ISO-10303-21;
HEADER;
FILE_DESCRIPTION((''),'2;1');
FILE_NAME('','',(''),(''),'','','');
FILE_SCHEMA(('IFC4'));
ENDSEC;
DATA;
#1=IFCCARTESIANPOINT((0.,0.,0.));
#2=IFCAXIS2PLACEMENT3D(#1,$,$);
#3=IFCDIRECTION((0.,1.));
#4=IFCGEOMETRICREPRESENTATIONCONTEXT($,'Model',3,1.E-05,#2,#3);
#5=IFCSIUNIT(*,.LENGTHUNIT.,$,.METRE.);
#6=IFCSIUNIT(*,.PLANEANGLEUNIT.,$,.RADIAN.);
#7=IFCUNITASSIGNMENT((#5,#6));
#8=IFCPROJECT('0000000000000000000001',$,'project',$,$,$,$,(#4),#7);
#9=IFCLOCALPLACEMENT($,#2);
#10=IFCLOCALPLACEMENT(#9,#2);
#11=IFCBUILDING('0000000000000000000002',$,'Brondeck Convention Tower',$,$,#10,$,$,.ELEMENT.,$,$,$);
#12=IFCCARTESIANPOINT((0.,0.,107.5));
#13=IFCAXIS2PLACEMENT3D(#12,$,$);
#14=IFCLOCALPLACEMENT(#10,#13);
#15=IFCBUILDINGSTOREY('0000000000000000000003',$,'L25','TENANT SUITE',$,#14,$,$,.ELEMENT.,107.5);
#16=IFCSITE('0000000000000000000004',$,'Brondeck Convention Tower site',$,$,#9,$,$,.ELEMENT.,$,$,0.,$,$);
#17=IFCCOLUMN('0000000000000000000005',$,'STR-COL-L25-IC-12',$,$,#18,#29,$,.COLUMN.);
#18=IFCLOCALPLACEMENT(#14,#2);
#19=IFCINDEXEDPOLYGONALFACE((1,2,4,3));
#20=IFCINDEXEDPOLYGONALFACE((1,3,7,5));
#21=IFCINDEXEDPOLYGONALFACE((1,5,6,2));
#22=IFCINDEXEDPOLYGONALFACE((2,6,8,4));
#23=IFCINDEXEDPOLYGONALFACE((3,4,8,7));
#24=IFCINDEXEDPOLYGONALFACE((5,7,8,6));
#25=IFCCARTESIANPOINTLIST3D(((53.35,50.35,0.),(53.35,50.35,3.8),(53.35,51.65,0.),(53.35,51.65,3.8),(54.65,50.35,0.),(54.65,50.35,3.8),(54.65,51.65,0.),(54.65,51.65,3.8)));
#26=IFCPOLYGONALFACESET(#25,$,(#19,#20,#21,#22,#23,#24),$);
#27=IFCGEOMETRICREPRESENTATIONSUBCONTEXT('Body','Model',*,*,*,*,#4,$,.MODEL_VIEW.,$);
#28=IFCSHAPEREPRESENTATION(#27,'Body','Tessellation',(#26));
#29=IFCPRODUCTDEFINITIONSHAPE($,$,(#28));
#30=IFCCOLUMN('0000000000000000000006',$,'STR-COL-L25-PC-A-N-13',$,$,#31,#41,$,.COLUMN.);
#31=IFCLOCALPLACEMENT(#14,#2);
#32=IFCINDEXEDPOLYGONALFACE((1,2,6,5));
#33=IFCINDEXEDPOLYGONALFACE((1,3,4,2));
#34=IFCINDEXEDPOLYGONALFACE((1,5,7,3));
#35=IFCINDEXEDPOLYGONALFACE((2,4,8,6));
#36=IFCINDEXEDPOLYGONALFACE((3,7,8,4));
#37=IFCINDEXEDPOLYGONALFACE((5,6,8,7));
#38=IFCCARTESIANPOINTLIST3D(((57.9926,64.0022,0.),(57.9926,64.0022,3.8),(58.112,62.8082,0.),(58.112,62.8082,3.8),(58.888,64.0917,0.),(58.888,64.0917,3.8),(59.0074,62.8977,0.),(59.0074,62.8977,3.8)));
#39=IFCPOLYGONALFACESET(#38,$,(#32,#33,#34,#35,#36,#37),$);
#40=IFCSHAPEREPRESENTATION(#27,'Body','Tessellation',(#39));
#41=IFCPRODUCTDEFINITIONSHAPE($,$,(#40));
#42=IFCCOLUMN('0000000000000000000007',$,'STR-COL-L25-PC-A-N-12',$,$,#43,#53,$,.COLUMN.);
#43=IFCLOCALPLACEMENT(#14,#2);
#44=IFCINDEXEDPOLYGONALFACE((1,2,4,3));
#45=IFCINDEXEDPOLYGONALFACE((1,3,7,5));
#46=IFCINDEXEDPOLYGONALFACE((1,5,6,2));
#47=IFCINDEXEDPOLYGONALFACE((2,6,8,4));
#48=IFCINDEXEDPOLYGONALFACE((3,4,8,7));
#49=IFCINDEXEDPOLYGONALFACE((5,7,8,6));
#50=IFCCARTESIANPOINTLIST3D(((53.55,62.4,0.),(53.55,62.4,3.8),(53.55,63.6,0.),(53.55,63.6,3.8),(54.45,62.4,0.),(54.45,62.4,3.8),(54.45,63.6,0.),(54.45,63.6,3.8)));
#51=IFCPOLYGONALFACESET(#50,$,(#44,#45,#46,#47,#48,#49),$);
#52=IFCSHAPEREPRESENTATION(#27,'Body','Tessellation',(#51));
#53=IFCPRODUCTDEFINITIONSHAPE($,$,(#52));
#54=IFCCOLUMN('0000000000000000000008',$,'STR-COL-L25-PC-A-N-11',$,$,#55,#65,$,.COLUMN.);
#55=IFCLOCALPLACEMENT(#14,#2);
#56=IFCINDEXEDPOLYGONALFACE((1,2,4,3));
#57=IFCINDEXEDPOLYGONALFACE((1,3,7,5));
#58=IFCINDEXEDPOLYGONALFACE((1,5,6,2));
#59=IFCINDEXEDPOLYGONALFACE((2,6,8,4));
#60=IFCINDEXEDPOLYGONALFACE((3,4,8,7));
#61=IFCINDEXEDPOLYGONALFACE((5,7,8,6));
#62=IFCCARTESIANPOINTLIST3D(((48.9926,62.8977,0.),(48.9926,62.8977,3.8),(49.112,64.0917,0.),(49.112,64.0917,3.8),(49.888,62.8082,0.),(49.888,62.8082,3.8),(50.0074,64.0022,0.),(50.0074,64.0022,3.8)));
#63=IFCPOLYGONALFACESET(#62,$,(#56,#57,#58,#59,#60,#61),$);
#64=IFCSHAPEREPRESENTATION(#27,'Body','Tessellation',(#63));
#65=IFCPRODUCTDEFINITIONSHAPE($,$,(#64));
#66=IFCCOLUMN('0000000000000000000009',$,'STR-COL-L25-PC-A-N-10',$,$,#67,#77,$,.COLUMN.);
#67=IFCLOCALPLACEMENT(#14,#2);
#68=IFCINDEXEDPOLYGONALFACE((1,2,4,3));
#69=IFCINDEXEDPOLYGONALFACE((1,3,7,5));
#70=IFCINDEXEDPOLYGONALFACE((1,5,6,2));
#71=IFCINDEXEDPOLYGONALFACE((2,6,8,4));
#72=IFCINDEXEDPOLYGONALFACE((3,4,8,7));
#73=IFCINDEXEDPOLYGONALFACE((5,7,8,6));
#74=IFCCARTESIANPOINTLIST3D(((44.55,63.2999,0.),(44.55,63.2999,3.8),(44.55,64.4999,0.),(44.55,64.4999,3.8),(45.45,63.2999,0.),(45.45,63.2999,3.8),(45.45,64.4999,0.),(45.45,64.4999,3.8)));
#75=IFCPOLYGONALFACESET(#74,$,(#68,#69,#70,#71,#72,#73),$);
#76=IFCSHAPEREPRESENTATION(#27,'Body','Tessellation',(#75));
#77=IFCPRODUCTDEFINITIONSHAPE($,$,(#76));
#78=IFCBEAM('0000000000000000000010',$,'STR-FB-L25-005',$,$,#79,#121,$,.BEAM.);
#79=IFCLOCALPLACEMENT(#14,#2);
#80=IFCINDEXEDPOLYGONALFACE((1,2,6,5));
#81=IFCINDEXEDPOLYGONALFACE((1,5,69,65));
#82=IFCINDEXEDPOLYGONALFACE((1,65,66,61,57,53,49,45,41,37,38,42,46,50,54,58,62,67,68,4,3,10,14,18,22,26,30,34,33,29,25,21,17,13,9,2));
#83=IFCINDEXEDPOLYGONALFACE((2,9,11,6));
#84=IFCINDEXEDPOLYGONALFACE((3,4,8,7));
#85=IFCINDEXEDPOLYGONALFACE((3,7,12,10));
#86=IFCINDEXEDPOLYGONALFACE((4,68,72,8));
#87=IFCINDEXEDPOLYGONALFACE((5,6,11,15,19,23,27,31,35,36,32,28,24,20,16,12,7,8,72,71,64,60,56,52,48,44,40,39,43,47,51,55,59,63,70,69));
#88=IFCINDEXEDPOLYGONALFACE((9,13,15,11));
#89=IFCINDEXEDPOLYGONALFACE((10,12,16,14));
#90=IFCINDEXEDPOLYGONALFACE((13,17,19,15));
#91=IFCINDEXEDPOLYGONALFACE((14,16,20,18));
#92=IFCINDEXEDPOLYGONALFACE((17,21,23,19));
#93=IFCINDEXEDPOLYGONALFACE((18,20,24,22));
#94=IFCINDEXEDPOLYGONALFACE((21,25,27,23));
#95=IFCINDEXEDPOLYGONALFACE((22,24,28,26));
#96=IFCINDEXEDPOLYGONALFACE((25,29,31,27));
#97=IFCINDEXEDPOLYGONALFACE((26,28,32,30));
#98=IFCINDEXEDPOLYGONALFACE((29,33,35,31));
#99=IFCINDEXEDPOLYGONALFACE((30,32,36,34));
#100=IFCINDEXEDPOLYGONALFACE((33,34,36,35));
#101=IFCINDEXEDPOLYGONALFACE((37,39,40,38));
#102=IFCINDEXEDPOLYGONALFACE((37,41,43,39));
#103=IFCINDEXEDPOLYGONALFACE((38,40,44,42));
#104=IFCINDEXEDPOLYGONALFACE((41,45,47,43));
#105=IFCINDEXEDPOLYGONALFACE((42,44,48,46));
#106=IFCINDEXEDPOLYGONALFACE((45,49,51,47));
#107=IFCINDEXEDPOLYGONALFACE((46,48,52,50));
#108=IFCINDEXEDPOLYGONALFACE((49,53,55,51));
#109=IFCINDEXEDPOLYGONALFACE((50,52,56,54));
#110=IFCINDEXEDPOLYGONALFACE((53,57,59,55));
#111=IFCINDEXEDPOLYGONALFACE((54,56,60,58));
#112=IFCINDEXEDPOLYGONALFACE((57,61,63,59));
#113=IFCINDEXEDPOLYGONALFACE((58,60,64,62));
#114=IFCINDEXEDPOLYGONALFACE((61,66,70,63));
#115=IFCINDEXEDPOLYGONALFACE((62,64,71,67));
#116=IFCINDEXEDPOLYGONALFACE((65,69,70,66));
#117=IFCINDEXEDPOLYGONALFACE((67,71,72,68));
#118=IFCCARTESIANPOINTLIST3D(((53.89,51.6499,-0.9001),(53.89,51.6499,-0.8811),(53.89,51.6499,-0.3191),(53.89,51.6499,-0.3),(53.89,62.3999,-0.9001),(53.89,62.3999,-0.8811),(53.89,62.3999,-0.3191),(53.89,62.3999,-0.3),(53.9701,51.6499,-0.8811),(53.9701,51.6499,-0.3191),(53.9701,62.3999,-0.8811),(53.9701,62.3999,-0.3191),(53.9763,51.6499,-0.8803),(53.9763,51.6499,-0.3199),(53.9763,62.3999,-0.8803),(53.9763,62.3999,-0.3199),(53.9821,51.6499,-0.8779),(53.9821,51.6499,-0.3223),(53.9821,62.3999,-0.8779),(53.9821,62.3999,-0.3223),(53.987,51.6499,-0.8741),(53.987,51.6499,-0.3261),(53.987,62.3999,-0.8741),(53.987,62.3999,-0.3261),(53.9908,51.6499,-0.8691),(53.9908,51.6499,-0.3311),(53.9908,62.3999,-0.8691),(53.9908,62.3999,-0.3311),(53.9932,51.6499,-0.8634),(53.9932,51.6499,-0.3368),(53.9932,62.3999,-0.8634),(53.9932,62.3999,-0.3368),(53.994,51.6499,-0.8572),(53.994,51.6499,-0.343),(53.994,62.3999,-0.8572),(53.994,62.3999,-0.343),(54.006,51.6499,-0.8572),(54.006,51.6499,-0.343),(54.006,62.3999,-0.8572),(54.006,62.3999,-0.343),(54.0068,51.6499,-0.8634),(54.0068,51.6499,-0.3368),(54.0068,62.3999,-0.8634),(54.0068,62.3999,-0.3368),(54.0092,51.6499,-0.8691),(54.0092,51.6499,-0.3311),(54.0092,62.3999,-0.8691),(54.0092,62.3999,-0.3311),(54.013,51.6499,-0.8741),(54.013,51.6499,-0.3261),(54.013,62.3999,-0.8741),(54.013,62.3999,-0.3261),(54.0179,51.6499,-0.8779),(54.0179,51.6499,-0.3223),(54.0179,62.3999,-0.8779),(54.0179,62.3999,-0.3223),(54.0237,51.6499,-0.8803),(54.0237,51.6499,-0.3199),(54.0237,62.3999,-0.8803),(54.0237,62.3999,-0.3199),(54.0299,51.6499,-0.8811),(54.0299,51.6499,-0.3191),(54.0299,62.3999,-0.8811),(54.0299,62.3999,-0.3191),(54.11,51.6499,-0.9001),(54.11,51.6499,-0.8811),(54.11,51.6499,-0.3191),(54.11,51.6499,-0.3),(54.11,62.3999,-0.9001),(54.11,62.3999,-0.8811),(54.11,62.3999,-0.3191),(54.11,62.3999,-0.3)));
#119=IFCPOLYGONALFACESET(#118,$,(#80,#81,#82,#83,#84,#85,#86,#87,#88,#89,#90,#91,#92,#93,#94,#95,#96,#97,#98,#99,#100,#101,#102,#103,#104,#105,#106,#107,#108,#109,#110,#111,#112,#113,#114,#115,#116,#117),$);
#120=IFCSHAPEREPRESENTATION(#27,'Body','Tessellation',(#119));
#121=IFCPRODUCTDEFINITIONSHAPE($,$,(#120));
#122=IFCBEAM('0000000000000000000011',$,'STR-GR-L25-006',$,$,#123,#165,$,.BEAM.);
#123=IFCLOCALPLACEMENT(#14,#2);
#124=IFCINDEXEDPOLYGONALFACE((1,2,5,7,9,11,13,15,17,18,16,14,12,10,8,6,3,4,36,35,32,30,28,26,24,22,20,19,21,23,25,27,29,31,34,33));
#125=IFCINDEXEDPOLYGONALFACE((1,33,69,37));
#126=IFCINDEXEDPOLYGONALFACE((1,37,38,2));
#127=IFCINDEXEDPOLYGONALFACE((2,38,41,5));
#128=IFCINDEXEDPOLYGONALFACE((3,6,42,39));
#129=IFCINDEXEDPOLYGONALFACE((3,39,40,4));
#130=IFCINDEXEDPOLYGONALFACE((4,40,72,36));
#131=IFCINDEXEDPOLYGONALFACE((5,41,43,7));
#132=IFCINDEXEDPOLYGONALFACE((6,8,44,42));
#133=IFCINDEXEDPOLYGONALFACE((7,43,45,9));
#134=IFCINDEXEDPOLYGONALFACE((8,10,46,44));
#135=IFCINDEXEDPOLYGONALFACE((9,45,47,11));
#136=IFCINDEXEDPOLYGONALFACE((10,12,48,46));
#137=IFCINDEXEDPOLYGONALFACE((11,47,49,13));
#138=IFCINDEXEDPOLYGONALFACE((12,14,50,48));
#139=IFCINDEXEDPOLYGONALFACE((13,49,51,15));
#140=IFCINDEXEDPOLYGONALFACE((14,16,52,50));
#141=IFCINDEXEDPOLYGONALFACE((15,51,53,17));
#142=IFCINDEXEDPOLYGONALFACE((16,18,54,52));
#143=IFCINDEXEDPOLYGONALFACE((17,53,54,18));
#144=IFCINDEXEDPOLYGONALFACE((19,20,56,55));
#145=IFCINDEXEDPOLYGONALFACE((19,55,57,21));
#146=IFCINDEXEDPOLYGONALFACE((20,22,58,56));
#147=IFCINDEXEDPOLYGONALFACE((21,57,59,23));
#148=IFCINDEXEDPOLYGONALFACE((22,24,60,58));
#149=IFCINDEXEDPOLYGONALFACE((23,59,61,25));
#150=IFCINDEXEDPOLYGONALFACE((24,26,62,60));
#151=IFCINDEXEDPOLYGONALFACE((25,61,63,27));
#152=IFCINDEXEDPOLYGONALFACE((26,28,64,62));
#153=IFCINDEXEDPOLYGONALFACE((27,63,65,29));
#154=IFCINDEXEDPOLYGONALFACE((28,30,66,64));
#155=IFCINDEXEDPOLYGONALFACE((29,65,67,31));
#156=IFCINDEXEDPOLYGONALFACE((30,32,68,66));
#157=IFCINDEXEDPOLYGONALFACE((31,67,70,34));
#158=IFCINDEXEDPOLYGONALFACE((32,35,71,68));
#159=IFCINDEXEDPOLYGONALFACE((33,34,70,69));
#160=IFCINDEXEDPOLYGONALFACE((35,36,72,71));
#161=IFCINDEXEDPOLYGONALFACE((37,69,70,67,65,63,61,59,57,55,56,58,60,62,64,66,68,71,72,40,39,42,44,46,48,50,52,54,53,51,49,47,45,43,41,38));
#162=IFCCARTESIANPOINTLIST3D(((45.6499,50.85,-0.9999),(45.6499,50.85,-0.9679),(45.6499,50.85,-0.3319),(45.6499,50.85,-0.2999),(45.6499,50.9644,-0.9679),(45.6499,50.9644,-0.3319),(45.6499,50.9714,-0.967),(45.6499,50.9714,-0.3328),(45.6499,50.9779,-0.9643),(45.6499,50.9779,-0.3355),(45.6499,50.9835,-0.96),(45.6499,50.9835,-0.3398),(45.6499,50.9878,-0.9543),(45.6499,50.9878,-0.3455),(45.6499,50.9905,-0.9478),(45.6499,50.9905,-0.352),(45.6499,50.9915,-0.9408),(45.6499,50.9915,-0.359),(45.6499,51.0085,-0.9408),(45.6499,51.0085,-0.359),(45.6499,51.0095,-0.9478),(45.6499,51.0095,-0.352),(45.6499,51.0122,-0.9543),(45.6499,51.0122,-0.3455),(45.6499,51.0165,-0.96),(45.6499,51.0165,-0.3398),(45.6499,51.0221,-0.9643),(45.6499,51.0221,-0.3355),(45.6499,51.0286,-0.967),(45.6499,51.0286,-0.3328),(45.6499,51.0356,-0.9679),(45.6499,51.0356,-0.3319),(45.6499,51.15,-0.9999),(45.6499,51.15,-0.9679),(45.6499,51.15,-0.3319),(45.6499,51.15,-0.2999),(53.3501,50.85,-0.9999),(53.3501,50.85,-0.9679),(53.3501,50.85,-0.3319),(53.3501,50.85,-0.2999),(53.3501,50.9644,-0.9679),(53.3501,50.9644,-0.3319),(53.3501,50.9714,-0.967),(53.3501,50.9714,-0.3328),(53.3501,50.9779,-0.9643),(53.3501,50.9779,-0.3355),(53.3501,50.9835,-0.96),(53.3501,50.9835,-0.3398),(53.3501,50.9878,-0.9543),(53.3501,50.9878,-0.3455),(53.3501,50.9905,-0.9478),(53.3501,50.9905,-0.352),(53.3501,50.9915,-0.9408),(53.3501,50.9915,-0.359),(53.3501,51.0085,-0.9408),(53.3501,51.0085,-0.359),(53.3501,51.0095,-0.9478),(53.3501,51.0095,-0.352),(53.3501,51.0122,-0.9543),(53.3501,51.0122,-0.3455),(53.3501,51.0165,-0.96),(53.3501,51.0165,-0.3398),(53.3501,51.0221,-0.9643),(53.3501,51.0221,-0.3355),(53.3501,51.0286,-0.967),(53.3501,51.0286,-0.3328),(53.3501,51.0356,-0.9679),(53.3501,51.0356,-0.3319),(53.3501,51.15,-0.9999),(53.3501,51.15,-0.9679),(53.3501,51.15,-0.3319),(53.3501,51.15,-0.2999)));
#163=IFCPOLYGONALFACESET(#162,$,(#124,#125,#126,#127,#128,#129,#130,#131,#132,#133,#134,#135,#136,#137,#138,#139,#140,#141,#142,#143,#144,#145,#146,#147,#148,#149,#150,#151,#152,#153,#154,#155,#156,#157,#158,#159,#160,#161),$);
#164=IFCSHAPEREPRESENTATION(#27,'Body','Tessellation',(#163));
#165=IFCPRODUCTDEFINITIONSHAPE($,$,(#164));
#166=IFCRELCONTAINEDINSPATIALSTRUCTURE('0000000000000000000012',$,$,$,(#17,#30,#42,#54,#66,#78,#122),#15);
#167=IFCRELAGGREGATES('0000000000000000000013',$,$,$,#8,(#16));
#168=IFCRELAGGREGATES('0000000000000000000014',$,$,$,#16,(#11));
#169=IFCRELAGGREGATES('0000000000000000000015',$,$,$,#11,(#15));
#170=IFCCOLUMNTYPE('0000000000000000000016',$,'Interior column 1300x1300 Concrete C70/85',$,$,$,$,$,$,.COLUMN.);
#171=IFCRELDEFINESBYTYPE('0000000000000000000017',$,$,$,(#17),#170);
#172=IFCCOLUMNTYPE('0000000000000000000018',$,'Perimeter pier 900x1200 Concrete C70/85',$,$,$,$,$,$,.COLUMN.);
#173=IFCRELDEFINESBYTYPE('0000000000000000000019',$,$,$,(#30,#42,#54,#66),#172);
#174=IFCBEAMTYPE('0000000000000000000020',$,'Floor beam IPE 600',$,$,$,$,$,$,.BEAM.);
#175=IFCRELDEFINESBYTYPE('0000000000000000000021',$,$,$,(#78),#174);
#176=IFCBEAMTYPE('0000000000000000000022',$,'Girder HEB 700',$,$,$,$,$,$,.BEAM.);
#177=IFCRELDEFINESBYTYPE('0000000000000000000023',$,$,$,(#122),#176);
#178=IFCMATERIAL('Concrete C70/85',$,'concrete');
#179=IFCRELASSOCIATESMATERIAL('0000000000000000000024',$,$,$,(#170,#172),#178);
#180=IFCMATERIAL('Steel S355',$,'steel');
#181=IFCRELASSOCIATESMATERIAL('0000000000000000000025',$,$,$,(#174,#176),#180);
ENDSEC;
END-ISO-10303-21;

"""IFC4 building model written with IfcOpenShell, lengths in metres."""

from ifc_helpers import new_model, si_unit, direction, frame, origin, origin_2d, place, context, subcontext, project, spatial, rectangle, i_section, extrude, material, material_profile, profile_set, type_object, element, save


model = new_model("IFC4")

# Units and contexts
model_context = context("Model", 3, precision=1e-05, world=origin(), true_north=direction((0.0, 1.0)))
body_context = subcontext(model_context, "Body", "Model", "MODEL_VIEW")
ifc_project = project(units=[si_unit("LENGTHUNIT", "METRE"), si_unit("PLANEANGLEUNIT", "RADIAN")], contexts=[model_context])

# Site, building, storey
site_placement = place(None, origin())
site = spatial("IfcSite", under=ifc_project, at=site_placement, Name="Brondeck Convention Tower site", CompositionType="ELEMENT", RefElevation=0.0)
building_placement = place(site_placement, origin())
building = spatial("IfcBuilding", under=site, at=building_placement, Name="Brondeck Convention Tower", CompositionType="ELEMENT")
storey_placement = place(building_placement, frame((0.0, 0.0, 107.5)))
storey = spatial("IfcBuildingStorey", under=building, at=storey_placement, Name="L25", Description="TENANT SUITE", CompositionType="ELEMENT", Elevation=107.5)

# Columns
ifc_material_1 = material(Name="Concrete C70/85", Category="concrete")
ifc_material_profile_1 = material_profile(ifc_material_1, rectangle(XDim=1.3, YDim=1.3, at=origin_2d()), Name="Interior column 1300x1300 Concrete C70/85")
ifc_profile_set_1 = profile_set([ifc_material_profile_1], Name="Concrete C70/85")
column_type_1 = type_object("IfcColumnType", Name="Interior column 1300x1300 Concrete C70/85", PredefinedType="COLUMN", material=ifc_profile_set_1)
column_placement = place(storey_placement, frame((54.0, 51.0, 0.0), z_axis=(0.0, 0.0, 1.0), x_axis=(1.0, 0.0, 0.0)))
element("IfcColumn", 1, at=column_placement, inside=storey, type_object=column_type_1, Name="STR-COL-L25-IC-12", PredefinedType="COLUMN", context=body_context, shape_type="SweptSolid", body=[
    extrude(rectangle(XDim=1.3, YDim=1.3, at=origin_2d()), origin(), (0.0, 0.0, 1.0), 3.8),
])
ifc_material_profile_2 = material_profile(ifc_material_1, rectangle(XDim=0.8999, YDim=1.2, at=origin_2d()), Name="Perimeter pier 900x1200 Concrete C70/85")
ifc_profile_set_2 = profile_set([ifc_material_profile_2], Name="Concrete C70/85")
column_type_2 = type_object("IfcColumnType", Name="Perimeter pier 900x1200 Concrete C70/85", PredefinedType="COLUMN", material=ifc_profile_set_2)
for number, where, z_axis, x_axis, name in (
    (2, (58.5, 63.45, 0.0), (0.0, 0.0, 1.0), (-0.995037, -0.099504, 0.0), "STR-COL-L25-PC-A-N-13"),
    (3, (54.0, 63.0, 0.0), (0.0, 0.0, 1.0), (-1.0, 0.0, 0.0), "STR-COL-L25-PC-A-N-12"),
    (4, (49.5, 63.45, 0.0), (0.0, 0.0, 1.0), (-0.995037, 0.099504, 0.0), "STR-COL-L25-PC-A-N-11"),
    (5, (45.0, 63.8999, 0.0), (0.0, 0.0, 1.0), (-1.0, 0.0, 0.0), "STR-COL-L25-PC-A-N-10"),
):
    element("IfcColumn", number, at=place(storey_placement, frame(where, z_axis=z_axis, x_axis=x_axis)), inside=storey, type_object=column_type_2, Name=name, PredefinedType="COLUMN", context=body_context, shape_type="SweptSolid", body=[
        extrude(rectangle(XDim=0.8999, YDim=1.2, at=origin_2d()), origin(), (0.0, 0.0, 1.0), 3.8),
    ])

# Beams
ifc_material_2 = material(Name="Steel S355", Category="steel")
ifc_material_profile_3 = material_profile(ifc_material_2, i_section(OverallWidth=0.22, OverallDepth=0.6001, WebThickness=0.012, FlangeThickness=0.019, FilletRadius=0.0239, at=origin_2d()), Name="IPE 600")
ifc_profile_set_3 = profile_set([ifc_material_profile_3], Name="Steel S355")
beam_type_1 = type_object("IfcBeamType", Name="Floor beam IPE 600", PredefinedType="BEAM", material=ifc_profile_set_3)
beam_placement = place(storey_placement, frame((54.0, 51.6499, -0.6001), z_axis=(0.0, 1.0, 0.0), x_axis=(-1.0, 0.0, 0.0)))
element("IfcBeam", 6, at=beam_placement, inside=storey, type_object=beam_type_1, Name="STR-FB-L25-005", PredefinedType="BEAM", context=body_context, shape_type="SweptSolid", body=[
    extrude(i_section(OverallWidth=0.22, OverallDepth=0.6001, WebThickness=0.012, FlangeThickness=0.019, FilletRadius=0.0239, at=origin_2d()), origin(), (0.0, 0.0, 1.0), 10.75),
])
ifc_material_profile_4 = material_profile(ifc_material_2, i_section(OverallWidth=0.3, OverallDepth=0.7, WebThickness=0.0171, FlangeThickness=0.032, FilletRadius=0.0271, at=origin_2d()), Name="HEB 700")
ifc_profile_set_4 = profile_set([ifc_material_profile_4], Name="Steel S355")
beam_type_2 = type_object("IfcBeamType", Name="Girder HEB 700", PredefinedType="BEAM", material=ifc_profile_set_4)
for number, where, z_axis, x_axis, name in (
    (7, (45.6499, 51.0, -0.6499), (1.0, 0.0, 0.0), (0.0, 1.0, 0.0), "STR-GR-L25-006"),
):
    element("IfcBeam", number, at=place(storey_placement, frame(where, z_axis=z_axis, x_axis=x_axis)), inside=storey, type_object=beam_type_2, Name=name, PredefinedType="BEAM", context=body_context, shape_type="SweptSolid", body=[
        extrude(i_section(OverallWidth=0.3, OverallDepth=0.7, WebThickness=0.0171, FlangeThickness=0.032, FilletRadius=0.0271, at=origin_2d()), origin(), (0.0, 0.0, 1.0), 7.7002),
    ])

save(model, "model.ifc")
